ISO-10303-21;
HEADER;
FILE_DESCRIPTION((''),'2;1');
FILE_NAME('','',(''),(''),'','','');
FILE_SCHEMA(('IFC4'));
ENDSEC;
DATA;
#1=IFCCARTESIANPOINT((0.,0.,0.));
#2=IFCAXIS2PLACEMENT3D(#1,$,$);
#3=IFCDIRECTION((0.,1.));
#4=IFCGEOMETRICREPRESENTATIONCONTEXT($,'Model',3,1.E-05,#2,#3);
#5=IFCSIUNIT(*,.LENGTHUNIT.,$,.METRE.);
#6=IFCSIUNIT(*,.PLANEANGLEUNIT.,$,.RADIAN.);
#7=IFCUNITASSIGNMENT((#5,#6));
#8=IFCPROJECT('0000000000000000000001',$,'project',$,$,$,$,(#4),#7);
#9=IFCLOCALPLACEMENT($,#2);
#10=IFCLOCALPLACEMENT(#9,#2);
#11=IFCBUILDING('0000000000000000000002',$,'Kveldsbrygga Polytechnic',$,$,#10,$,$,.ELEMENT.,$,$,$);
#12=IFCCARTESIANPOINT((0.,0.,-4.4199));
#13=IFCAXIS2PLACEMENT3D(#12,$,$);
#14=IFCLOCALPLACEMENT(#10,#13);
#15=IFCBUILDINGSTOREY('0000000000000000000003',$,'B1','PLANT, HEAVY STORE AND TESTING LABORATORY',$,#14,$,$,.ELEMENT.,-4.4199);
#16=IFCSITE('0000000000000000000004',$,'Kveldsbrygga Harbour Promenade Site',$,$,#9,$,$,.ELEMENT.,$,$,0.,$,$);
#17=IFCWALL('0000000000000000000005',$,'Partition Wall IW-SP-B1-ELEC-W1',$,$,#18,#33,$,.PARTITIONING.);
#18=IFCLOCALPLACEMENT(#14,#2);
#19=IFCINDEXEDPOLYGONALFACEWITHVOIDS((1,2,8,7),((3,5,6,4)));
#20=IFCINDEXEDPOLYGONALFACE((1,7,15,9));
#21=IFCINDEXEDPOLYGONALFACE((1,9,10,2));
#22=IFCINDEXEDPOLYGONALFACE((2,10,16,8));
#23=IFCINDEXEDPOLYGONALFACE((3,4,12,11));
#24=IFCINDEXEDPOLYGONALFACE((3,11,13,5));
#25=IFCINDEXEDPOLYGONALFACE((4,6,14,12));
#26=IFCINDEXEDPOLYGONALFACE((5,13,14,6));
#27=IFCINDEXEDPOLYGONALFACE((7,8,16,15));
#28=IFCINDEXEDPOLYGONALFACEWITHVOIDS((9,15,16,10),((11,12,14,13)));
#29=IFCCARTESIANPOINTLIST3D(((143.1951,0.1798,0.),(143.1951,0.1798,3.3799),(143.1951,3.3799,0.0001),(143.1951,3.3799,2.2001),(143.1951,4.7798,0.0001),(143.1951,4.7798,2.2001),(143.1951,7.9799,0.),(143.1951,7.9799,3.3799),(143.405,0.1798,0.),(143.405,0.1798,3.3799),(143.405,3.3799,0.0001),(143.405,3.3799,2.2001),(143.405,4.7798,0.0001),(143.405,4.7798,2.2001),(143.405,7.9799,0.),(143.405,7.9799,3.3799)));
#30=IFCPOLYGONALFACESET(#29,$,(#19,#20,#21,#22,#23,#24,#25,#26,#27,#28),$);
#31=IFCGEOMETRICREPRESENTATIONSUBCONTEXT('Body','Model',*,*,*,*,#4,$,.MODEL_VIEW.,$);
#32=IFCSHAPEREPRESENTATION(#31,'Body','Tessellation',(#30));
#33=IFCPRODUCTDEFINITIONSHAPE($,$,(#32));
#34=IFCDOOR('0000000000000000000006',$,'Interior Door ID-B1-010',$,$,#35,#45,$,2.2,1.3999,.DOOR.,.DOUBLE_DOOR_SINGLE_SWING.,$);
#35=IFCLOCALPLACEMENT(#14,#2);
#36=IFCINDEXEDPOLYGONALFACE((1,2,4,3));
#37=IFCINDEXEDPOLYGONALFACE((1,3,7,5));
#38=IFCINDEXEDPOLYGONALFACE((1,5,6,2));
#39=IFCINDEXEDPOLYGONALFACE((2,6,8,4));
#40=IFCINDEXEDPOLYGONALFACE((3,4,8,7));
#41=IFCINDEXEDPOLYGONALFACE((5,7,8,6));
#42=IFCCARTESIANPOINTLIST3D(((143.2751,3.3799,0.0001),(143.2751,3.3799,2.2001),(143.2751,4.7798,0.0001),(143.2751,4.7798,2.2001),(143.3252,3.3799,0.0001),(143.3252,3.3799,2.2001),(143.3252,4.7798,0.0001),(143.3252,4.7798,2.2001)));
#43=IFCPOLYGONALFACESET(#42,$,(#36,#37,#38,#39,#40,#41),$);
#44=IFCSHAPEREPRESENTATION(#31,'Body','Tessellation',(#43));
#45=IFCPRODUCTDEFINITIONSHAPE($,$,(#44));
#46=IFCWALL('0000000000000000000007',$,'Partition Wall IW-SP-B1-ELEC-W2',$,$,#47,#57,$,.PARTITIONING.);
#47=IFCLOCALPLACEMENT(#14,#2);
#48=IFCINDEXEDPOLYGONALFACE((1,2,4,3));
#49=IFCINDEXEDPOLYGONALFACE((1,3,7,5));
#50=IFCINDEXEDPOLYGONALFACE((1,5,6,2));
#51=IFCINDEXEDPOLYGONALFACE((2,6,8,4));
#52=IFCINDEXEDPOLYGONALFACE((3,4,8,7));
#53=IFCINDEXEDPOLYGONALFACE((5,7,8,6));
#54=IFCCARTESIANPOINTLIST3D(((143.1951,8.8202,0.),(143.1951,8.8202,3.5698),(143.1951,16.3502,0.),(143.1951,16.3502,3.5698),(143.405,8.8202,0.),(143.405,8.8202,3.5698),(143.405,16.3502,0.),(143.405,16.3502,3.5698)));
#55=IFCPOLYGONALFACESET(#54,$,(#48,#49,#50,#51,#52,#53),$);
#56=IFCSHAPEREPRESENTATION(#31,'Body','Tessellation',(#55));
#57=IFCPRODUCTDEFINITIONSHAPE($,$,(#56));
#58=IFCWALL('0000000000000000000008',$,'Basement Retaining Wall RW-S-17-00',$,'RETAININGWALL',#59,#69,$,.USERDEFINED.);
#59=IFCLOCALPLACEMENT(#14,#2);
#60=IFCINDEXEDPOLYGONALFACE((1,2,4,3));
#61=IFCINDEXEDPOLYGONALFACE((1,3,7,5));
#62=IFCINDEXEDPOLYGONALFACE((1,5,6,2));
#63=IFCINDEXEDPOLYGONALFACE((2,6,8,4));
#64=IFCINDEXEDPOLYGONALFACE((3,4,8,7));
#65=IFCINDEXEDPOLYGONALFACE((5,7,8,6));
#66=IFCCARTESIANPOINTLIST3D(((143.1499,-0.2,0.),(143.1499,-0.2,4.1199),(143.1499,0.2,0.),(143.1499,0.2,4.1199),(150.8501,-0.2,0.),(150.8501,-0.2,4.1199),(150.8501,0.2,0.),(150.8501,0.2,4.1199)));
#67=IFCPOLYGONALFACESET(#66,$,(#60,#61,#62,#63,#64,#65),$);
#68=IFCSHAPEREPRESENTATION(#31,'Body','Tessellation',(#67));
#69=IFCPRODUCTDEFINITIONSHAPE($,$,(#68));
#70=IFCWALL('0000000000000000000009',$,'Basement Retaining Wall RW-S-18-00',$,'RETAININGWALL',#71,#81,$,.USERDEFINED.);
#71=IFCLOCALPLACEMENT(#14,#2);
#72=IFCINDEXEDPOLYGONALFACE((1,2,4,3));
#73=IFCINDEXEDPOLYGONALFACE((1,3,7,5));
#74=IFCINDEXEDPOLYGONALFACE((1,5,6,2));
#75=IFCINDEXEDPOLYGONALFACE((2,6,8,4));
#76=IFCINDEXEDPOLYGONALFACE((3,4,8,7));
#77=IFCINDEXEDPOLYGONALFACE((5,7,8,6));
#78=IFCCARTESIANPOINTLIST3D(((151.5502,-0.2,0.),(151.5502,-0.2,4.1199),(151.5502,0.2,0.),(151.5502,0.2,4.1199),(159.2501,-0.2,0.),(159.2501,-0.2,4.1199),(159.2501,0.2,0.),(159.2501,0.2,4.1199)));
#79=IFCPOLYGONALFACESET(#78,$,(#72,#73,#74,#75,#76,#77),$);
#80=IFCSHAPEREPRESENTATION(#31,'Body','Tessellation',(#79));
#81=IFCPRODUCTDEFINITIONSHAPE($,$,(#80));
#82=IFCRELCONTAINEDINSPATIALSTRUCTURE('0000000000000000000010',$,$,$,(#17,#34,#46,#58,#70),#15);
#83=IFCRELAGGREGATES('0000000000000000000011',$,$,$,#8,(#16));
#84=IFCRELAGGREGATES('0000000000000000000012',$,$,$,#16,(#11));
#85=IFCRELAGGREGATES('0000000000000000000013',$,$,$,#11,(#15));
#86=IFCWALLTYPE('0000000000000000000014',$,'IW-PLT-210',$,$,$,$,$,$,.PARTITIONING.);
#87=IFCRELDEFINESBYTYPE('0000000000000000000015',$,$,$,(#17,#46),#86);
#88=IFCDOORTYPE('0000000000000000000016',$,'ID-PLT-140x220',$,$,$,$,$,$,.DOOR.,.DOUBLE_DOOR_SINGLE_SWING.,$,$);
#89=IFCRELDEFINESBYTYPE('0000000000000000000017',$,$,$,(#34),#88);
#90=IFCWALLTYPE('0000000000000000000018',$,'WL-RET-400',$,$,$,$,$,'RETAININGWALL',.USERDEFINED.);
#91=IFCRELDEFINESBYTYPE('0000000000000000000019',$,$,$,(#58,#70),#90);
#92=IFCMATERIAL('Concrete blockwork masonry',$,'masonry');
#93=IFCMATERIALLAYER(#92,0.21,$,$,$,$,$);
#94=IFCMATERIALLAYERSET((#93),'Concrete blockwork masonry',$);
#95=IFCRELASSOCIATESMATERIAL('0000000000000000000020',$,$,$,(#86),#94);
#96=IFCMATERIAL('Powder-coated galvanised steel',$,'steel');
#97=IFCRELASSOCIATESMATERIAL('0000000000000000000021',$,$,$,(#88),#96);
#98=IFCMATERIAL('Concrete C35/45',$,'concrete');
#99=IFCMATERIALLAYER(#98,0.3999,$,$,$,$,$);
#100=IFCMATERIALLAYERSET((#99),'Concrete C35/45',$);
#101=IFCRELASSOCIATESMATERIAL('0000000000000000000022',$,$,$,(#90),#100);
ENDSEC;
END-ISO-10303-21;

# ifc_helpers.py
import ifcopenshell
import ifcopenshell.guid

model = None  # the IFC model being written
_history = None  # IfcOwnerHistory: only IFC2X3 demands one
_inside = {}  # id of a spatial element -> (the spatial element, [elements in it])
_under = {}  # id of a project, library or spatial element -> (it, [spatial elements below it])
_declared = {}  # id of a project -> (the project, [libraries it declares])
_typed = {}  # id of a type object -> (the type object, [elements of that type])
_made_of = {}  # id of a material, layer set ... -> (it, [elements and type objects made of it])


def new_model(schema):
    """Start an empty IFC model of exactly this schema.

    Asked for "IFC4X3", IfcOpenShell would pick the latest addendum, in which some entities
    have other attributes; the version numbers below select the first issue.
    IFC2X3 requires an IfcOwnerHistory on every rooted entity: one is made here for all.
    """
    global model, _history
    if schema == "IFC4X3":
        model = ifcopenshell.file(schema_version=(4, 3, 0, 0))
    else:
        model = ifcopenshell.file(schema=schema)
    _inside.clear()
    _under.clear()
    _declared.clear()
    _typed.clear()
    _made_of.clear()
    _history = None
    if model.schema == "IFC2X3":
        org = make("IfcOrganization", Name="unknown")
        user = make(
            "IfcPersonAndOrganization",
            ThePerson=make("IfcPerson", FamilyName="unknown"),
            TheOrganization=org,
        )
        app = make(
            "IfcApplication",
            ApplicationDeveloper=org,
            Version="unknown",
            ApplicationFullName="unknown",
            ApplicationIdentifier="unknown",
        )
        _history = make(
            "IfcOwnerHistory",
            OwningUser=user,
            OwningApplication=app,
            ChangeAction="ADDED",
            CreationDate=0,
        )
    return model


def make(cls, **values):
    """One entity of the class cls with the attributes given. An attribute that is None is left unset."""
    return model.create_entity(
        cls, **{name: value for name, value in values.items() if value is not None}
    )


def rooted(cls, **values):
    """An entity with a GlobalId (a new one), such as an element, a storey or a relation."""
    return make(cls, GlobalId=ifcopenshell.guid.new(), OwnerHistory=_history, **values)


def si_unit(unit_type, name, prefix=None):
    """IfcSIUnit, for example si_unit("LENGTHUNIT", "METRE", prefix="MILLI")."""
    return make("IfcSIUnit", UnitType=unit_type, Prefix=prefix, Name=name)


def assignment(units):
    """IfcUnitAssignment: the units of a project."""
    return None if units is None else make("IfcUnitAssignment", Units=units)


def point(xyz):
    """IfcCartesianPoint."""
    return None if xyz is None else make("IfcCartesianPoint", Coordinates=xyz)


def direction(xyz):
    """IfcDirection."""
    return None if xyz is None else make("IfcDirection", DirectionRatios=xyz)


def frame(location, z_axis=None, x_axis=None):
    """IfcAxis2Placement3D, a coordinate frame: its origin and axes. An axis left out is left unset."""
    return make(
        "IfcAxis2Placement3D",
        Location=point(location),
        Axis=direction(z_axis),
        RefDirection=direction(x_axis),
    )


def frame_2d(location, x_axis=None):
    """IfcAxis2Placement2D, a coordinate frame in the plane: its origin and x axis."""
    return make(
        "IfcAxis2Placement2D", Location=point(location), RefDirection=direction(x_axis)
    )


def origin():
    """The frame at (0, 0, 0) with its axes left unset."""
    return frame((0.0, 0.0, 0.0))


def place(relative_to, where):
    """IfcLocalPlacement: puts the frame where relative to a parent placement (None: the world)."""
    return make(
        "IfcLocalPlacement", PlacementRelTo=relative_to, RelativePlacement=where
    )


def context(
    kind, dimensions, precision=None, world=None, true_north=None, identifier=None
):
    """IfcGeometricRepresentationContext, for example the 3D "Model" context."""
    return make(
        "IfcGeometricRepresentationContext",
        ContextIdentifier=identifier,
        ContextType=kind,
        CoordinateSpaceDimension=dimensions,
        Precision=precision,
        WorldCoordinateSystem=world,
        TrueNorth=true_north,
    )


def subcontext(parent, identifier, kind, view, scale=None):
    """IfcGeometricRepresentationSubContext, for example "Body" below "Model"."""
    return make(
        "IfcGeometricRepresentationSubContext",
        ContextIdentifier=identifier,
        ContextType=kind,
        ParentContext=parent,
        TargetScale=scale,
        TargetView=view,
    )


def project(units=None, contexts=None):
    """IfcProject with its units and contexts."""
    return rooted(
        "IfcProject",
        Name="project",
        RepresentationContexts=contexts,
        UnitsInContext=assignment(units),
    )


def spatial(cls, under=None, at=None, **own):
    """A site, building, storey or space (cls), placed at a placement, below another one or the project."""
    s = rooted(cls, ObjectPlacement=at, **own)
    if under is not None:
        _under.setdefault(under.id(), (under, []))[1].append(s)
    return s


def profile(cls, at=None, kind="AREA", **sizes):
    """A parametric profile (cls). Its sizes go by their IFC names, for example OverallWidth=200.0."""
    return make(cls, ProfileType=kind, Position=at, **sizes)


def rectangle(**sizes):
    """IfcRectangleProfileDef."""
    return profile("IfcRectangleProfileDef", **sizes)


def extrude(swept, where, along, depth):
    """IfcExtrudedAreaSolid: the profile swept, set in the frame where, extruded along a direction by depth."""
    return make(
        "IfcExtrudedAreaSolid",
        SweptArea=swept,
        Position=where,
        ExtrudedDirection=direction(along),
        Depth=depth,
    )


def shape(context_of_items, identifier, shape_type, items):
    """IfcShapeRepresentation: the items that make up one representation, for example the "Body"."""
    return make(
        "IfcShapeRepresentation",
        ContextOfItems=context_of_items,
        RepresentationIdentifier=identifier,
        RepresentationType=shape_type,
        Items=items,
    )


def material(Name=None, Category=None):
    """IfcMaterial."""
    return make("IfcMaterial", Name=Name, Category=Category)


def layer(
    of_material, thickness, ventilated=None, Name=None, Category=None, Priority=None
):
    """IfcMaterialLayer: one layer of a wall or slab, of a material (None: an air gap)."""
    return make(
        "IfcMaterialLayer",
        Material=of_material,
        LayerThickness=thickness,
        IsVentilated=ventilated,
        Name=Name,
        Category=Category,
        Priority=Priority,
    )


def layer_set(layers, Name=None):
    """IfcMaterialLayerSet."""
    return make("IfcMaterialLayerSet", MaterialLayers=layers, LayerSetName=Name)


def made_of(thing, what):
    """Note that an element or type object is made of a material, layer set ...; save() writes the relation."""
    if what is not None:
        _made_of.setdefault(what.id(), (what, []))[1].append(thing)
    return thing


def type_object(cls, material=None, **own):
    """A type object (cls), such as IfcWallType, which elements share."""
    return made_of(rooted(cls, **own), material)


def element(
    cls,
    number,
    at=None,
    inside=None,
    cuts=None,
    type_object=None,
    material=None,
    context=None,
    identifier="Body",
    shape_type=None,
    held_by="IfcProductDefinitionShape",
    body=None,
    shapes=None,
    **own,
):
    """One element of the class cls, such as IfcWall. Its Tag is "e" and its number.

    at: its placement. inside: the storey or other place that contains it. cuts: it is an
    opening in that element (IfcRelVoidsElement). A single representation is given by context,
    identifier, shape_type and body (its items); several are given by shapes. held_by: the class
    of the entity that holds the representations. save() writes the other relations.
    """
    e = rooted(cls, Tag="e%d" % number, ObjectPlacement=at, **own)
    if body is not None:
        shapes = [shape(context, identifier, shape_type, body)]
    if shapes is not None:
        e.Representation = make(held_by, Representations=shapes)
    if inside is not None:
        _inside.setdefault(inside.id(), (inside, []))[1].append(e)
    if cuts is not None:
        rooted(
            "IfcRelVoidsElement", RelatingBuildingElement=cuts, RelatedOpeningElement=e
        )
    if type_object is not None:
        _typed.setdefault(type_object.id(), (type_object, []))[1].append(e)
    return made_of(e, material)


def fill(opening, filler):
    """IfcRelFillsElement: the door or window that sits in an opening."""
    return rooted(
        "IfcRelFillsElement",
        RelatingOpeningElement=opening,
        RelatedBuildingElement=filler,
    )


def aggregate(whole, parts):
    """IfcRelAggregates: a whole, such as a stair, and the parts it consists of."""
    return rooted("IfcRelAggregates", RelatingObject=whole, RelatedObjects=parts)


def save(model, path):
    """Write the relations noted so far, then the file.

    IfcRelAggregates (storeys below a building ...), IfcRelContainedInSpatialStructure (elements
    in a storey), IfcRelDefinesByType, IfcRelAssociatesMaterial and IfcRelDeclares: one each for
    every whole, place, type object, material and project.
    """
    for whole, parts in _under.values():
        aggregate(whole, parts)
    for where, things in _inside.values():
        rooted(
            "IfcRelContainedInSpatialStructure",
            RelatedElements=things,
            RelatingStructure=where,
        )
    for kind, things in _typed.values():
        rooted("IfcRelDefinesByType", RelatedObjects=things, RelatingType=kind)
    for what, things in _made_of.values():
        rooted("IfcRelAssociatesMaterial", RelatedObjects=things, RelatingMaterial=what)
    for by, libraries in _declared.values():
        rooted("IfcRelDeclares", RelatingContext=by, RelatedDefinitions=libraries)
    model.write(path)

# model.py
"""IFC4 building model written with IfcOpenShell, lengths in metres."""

from ifc_helpers import new_model, si_unit, direction, frame, frame_2d, origin, place, context, subcontext, project, spatial, rectangle, extrude, material, layer, layer_set, type_object, element, fill, save


model = new_model("IFC4")

# Units and contexts
model_context = context("Model", 3, precision=1e-05, world=origin(), true_north=direction((0.0, 1.0)))
body_context = subcontext(model_context, "Body", "Model", "MODEL_VIEW")
ifc_project = project(units=[si_unit("LENGTHUNIT", "METRE"), si_unit("PLANEANGLEUNIT", "RADIAN")], contexts=[model_context])

# Site, building, storey
site_placement = place(None, origin())
site = spatial("IfcSite", under=ifc_project, at=site_placement, Name="Kveldsbrygga Harbour Promenade Site", CompositionType="ELEMENT", RefElevation=0.0)
building_placement = place(site_placement, origin())
building = spatial("IfcBuilding", under=site, at=building_placement, Name="Kveldsbrygga Polytechnic", CompositionType="ELEMENT")
storey_placement = place(building_placement, frame((0.0, 0.0, -4.4199)))
storey = spatial("IfcBuildingStorey", under=building, at=storey_placement, Name="B1", Description="PLANT, HEAVY STORE AND TESTING LABORATORY", CompositionType="ELEMENT", Elevation=-4.4199)

# Shared definitions
ifc_material_1 = material(Name="Concrete C35/45", Category="concrete")

# Wall, opening, door
ifc_material_2 = material(Name="Concrete blockwork masonry", Category="masonry")
ifc_layer_1 = layer(ifc_material_2, 0.21)
ifc_layer_set_1 = layer_set([ifc_layer_1], Name="Concrete blockwork masonry")
wall_type_1 = type_object("IfcWallType", Name="IW-PLT-210", PredefinedType="PARTITIONING", material=ifc_layer_set_1)
wall_1_placement = place(storey_placement, frame((143.3, 0.1799, 0.0), z_axis=(0.0, 0.0, 1.0), x_axis=(0.0, 1.0, 0.0)))
wall_1 = element("IfcWall", 1, at=wall_1_placement, inside=storey, type_object=wall_type_1, Name="Partition Wall IW-SP-B1-ELEC-W1", PredefinedType="PARTITIONING", context=body_context, shape_type="SweptSolid", body=[
    extrude(rectangle(XDim=7.8, YDim=0.21, at=frame_2d((3.8999, 0.0))), origin(), (0.0, 0.0, 1.0), 3.3799),
])
opening_placement = place(wall_1_placement, frame((3.2, 0.0, 0.0)))
opening = element("IfcOpeningElement", 2, at=opening_placement, cuts=wall_1, PredefinedType="OPENING", context=body_context, shape_type="SweptSolid", body=[
    extrude(rectangle(XDim=1.3999, YDim=2.2, at=frame_2d((0.7, 1.1001))), frame((0.0, 0.115, 0.0), z_axis=(0.0, -1.0, 0.0), x_axis=(1.0, 0.0, 0.0)), (0.0, 0.0, 1.0), 0.23),
])
ifc_material_3 = material(Name="Powder-coated galvanised steel", Category="steel")
door_type = type_object("IfcDoorType", Name="ID-PLT-140x220", OperationType="DOUBLE_DOOR_SINGLE_SWING", PredefinedType="DOOR", material=ifc_material_3)
door_placement = place(opening_placement, origin())
door = element("IfcDoor", 3, at=door_placement, inside=storey, type_object=door_type, Name="Interior Door ID-B1-010", OperationType="DOUBLE_DOOR_SINGLE_SWING", OverallHeight=2.2, OverallWidth=1.3999, PredefinedType="DOOR", context=body_context, shape_type="SweptSolid", body=[
    extrude(rectangle(XDim=1.3999, YDim=2.2, at=frame_2d((0.7, 1.1001))), frame((0.0, 0.0249, 0.0), z_axis=(0.0, -1.0, 0.0), x_axis=(1.0, 0.0, 0.0)), (0.0, 0.0, 1.0), 0.05),
])
fill(opening, door)

# Walls
wall_2_placement = place(storey_placement, frame((143.3, 8.8201, 0.0), z_axis=(0.0, 0.0, 1.0), x_axis=(0.0, 1.0, 0.0)))
element("IfcWall", 4, at=wall_2_placement, inside=storey, type_object=wall_type_1, Name="Partition Wall IW-SP-B1-ELEC-W2", PredefinedType="PARTITIONING", context=body_context, shape_type="SweptSolid", body=[
    extrude(rectangle(XDim=7.53, YDim=0.21, at=frame_2d((3.7651, 0.0))), origin(), (0.0, 0.0, 1.0), 3.5698),
])
ifc_layer_2 = layer(ifc_material_1, 0.3999)
ifc_layer_set_2 = layer_set([ifc_layer_2], Name="Concrete C35/45")
wall_type_2 = type_object("IfcWallType", Name="WL-RET-400", ElementType="RETAININGWALL", PredefinedType="USERDEFINED", material=ifc_layer_set_2)
wall_3_placement = place(storey_placement, frame((143.1499, 0.0, 0.0), z_axis=(0.0, 0.0, 1.0), x_axis=(1.0, 0.0, 0.0)))
element("IfcWall", 5, at=wall_3_placement, inside=storey, type_object=wall_type_2, Name="Basement Retaining Wall RW-S-17-00", ObjectType="RETAININGWALL", PredefinedType="USERDEFINED", context=body_context, shape_type="SweptSolid", body=[
    extrude(rectangle(XDim=7.7002, YDim=0.3999, at=frame_2d((3.8501, 0.0))), origin(), (0.0, 0.0, 1.0), 4.1199),
])
wall_4_placement = place(storey_placement, frame((151.55, 0.0, 0.0), z_axis=(0.0, 0.0, 1.0), x_axis=(1.0, 0.0, 0.0)))
element("IfcWall", 6, at=wall_4_placement, inside=storey, type_object=wall_type_2, Name="Basement Retaining Wall RW-S-18-00", ObjectType="RETAININGWALL", PredefinedType="USERDEFINED", context=body_context, shape_type="SweptSolid", body=[
    extrude(rectangle(XDim=7.7, YDim=0.3999, at=frame_2d((3.8501, 0.0))), origin(), (0.0, 0.0, 1.0), 4.1199),
])

save(model, "model.ifc")
